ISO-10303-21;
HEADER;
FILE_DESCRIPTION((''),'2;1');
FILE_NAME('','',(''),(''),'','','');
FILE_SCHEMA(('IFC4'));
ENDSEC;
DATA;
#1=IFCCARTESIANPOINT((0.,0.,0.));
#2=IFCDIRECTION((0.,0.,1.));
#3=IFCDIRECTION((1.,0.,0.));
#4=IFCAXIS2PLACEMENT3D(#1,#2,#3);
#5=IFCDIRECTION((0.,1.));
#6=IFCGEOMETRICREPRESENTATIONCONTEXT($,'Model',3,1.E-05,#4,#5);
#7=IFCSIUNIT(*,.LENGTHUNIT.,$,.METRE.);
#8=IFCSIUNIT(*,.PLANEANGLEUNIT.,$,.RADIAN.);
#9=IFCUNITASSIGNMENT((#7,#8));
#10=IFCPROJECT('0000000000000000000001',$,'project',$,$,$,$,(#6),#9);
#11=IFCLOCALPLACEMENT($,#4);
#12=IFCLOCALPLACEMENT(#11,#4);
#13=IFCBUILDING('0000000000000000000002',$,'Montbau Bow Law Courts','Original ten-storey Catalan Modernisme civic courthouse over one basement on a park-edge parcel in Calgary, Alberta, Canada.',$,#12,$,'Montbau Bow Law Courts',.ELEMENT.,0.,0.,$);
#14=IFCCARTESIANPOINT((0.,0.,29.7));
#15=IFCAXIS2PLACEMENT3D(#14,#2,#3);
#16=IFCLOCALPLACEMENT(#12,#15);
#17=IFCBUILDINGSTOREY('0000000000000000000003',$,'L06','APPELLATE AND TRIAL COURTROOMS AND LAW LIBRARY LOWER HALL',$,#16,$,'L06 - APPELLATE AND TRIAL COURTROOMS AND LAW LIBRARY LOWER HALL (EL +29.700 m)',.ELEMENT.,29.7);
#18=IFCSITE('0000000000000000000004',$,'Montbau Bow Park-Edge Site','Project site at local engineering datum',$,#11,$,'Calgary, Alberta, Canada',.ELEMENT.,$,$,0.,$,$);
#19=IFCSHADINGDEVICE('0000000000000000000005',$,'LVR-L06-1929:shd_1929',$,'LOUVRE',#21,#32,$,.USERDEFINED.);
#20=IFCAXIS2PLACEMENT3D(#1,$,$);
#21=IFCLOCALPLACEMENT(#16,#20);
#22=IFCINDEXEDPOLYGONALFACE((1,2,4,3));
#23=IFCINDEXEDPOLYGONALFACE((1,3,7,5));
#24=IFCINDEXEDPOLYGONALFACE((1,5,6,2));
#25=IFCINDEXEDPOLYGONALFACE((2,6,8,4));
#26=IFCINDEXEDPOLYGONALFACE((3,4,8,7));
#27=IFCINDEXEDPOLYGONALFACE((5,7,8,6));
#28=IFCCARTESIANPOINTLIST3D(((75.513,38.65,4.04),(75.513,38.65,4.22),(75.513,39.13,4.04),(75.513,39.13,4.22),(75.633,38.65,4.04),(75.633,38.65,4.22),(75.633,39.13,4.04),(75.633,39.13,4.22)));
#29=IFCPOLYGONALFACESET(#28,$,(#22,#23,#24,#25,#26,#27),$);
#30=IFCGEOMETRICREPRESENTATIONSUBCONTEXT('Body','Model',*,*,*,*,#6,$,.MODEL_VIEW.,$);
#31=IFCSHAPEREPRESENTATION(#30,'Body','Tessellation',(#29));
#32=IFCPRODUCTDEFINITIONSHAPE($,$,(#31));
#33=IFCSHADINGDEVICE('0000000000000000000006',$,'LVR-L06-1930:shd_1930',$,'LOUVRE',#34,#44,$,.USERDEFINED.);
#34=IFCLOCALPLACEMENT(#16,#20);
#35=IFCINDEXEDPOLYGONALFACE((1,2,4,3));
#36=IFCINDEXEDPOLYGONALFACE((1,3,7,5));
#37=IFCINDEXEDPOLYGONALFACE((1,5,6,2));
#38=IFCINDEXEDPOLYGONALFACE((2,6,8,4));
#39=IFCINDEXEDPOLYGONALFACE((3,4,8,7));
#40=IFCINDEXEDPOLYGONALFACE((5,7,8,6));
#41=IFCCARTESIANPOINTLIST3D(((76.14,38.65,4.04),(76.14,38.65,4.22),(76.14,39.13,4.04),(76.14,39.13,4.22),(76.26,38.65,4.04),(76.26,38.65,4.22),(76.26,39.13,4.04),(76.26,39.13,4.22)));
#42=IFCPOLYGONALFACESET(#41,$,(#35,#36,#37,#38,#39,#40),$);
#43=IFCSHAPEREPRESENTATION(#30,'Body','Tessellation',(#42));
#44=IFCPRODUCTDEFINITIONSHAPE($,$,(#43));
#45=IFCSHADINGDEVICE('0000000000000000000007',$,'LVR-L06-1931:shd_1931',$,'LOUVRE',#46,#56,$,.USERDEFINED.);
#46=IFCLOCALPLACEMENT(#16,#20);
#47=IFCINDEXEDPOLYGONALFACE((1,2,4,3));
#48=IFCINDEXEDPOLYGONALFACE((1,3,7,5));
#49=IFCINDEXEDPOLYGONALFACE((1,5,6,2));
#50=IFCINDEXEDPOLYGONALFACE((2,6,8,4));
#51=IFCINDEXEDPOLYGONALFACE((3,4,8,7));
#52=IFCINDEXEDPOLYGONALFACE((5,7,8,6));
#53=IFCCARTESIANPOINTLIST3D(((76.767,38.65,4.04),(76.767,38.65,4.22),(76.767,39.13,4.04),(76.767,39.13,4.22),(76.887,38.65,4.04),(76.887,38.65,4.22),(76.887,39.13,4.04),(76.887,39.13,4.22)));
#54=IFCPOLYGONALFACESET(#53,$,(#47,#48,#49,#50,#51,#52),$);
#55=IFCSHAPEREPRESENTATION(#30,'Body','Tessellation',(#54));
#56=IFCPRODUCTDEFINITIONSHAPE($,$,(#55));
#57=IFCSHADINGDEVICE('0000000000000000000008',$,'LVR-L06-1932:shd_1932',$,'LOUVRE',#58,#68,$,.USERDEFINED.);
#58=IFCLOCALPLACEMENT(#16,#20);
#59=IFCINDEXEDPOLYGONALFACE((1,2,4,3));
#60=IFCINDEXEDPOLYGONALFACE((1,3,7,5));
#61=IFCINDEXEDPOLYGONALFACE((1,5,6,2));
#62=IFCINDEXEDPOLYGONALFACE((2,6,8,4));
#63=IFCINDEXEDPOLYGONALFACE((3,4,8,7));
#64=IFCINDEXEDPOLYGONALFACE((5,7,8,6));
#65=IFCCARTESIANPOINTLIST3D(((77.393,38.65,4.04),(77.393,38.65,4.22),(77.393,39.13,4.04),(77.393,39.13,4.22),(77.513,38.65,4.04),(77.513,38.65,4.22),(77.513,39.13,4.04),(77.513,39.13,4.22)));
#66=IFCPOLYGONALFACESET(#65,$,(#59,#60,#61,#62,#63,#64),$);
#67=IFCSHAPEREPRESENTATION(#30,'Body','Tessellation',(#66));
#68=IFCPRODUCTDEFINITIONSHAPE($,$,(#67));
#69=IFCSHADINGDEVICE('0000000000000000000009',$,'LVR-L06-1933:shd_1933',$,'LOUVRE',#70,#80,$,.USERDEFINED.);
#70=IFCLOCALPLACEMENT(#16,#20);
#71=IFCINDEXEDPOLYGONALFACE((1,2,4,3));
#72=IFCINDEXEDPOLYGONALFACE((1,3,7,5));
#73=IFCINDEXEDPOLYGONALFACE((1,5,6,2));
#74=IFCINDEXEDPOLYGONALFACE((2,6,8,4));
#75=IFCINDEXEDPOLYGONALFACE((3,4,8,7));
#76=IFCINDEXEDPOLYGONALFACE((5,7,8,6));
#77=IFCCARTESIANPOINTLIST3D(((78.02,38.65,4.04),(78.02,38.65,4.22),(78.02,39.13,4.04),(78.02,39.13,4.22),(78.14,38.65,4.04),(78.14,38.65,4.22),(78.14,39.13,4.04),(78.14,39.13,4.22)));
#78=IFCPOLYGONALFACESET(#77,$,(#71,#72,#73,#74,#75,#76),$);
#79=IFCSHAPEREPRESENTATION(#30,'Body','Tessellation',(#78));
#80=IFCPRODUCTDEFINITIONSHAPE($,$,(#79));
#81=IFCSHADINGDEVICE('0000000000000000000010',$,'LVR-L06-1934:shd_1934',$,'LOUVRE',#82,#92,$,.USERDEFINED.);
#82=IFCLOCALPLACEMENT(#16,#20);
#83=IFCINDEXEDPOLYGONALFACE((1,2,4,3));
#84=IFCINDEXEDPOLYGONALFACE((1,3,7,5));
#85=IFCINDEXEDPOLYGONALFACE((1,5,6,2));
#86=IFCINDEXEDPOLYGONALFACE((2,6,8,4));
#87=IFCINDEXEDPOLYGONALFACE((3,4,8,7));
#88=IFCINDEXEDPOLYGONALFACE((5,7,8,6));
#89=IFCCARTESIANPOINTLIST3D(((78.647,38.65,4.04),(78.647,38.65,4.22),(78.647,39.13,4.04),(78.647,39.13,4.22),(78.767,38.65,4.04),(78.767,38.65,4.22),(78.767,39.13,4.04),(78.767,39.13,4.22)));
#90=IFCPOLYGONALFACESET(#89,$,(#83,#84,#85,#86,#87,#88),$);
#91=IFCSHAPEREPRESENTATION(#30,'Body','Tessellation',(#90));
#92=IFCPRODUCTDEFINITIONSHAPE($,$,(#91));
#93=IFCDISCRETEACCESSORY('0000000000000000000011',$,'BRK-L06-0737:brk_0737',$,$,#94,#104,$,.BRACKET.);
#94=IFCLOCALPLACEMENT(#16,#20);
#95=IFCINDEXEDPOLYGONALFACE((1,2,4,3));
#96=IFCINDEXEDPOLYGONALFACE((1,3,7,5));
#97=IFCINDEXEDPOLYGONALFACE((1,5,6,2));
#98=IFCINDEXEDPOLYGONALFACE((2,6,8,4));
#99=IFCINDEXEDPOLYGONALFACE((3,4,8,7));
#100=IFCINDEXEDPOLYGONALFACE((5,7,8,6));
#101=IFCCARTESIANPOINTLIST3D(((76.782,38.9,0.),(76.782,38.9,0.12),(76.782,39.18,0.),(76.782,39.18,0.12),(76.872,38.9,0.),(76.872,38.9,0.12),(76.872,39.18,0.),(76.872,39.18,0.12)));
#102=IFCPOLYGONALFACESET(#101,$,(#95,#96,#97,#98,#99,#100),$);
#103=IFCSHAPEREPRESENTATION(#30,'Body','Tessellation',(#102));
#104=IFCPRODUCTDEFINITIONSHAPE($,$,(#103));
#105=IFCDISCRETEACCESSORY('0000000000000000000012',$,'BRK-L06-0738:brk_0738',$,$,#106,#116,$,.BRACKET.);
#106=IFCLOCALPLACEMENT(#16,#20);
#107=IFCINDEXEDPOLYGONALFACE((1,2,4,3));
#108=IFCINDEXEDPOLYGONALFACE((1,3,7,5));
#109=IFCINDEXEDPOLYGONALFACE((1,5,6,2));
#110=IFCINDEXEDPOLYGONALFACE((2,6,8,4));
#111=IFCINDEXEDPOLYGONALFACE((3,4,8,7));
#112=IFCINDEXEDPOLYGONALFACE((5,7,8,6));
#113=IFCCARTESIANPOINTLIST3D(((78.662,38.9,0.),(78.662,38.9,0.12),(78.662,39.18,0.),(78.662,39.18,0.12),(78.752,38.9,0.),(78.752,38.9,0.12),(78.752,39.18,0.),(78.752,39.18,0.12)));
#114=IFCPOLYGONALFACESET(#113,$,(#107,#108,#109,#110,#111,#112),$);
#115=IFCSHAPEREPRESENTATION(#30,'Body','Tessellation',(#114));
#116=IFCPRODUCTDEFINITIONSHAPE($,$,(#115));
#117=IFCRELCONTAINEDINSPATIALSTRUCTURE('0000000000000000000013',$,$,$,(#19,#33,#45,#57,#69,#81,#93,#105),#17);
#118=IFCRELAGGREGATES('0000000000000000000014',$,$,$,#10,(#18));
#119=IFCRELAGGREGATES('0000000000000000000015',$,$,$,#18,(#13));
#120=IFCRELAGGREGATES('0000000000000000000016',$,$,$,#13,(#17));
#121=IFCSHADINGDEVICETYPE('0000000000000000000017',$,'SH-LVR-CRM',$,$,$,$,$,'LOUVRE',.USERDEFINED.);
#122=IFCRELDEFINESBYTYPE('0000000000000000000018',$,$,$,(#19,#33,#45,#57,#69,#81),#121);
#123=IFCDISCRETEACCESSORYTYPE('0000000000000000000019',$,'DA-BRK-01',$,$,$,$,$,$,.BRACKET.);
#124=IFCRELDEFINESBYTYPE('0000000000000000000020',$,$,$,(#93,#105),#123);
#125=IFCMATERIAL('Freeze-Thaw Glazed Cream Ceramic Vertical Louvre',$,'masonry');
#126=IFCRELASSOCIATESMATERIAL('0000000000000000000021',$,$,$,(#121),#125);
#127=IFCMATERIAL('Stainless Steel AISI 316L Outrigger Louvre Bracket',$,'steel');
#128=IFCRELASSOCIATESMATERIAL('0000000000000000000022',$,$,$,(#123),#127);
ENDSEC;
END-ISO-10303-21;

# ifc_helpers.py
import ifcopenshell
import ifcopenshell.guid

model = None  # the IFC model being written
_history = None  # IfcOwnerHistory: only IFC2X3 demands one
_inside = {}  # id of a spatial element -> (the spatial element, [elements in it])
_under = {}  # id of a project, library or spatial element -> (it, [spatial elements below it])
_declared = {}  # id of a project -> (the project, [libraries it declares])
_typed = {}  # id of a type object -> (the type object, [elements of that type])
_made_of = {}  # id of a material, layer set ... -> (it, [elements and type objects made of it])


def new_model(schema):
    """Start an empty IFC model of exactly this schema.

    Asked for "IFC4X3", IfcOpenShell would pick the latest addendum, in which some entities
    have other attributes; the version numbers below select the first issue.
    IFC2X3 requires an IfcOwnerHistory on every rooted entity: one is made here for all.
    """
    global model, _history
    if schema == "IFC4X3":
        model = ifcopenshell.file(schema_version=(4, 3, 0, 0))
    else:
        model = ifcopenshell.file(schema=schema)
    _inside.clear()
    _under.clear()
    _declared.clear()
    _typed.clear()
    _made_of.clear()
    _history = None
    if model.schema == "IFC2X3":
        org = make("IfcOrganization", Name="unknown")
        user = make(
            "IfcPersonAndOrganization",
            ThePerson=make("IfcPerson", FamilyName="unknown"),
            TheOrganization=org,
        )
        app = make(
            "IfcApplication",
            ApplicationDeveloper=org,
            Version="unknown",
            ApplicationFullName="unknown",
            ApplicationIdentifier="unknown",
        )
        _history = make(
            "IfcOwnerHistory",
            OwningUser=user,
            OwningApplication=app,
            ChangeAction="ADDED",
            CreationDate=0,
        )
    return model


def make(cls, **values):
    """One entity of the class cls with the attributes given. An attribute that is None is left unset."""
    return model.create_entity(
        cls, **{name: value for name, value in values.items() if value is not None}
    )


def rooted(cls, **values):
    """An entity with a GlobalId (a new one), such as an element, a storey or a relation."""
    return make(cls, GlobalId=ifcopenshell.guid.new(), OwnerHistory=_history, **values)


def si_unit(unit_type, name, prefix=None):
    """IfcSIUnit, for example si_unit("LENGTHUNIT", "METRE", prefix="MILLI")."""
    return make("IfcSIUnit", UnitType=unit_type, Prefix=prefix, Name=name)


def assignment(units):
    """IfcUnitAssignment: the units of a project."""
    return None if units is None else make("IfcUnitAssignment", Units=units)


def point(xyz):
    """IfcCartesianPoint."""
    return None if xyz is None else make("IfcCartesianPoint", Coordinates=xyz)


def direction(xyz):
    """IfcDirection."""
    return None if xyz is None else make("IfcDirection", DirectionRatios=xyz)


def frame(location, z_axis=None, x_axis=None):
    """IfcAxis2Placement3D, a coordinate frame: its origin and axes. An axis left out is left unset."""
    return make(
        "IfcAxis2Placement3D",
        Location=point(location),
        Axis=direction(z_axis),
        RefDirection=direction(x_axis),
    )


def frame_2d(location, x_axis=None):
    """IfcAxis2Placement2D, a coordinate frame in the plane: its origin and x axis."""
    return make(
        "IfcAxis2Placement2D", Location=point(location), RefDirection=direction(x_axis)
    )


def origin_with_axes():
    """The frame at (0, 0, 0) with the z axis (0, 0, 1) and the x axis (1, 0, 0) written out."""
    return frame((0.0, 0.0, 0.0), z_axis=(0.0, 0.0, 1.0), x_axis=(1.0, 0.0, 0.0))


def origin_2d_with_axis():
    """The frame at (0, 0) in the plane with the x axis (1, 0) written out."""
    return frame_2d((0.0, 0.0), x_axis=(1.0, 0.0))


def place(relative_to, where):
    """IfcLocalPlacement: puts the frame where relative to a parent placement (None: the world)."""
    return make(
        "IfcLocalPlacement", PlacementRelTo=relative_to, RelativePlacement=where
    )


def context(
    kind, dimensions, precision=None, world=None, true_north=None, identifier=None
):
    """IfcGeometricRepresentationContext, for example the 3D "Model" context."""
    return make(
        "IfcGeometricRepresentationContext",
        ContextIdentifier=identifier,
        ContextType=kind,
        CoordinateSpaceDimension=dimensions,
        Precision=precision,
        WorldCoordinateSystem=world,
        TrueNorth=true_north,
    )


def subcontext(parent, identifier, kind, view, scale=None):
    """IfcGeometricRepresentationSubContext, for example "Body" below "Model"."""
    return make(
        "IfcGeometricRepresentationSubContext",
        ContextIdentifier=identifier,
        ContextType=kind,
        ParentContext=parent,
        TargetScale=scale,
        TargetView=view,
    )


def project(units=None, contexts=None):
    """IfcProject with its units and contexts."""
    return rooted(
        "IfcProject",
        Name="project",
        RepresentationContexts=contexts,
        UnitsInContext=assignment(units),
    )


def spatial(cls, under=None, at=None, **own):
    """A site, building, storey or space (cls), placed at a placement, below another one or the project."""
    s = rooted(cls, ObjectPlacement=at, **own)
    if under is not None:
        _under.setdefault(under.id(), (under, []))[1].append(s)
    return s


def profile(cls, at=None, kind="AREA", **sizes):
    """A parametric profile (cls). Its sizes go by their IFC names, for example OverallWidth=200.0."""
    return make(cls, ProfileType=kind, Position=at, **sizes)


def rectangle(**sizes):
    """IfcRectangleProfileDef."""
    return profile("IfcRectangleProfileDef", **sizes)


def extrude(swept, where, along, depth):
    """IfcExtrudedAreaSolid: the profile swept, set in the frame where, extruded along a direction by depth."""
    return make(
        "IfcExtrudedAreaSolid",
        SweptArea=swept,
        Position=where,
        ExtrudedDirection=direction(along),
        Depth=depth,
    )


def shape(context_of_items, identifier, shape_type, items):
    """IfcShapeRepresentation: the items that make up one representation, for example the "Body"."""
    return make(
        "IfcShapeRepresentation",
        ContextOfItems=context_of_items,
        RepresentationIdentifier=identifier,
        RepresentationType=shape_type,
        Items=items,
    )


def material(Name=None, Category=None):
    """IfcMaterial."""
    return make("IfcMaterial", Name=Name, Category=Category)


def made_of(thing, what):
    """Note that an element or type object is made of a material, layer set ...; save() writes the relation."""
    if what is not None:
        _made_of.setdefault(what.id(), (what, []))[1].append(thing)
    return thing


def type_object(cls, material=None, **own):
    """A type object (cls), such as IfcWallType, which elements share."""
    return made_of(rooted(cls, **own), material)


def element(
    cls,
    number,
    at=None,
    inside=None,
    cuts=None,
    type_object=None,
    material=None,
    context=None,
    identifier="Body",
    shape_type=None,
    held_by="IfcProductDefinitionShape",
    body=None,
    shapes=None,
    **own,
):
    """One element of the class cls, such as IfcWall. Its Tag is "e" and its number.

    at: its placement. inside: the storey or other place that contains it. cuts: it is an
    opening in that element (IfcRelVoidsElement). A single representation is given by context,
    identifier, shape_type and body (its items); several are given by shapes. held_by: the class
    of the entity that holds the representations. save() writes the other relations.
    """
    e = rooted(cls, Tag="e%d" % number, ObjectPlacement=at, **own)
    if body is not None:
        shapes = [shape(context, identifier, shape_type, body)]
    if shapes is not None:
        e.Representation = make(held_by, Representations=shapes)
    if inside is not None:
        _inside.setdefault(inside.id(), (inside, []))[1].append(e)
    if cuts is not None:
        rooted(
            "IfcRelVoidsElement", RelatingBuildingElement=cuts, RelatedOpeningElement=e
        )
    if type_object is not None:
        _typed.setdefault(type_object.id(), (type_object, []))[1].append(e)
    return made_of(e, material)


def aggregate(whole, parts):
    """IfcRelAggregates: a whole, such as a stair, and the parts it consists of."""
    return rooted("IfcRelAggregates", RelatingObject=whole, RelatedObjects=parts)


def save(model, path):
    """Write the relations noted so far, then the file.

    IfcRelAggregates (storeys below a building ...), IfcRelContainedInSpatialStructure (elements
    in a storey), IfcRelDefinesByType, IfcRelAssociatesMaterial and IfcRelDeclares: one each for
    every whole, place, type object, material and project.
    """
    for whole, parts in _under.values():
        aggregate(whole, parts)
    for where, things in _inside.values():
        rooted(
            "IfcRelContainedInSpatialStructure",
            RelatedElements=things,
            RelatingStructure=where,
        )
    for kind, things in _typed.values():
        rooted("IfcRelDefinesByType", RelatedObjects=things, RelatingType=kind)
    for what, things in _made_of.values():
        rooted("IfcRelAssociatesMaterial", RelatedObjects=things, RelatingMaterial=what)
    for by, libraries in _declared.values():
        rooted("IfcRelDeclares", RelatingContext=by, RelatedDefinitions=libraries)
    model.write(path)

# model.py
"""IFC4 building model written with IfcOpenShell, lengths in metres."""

from ifc_helpers import new_model, si_unit, direction, frame, origin_with_axes, origin_2d_with_axis, place, context, subcontext, project, spatial, rectangle, extrude, material, type_object, element, save


model = new_model("IFC4")

# Units and contexts
model_context = context("Model", 3, precision=1e-05, world=origin_with_axes(), true_north=direction((0.0, 1.0)))
body_context = subcontext(model_context, "Body", "Model", "MODEL_VIEW")
ifc_project = project(units=[si_unit("LENGTHUNIT", "METRE"), si_unit("PLANEANGLEUNIT", "RADIAN")], contexts=[model_context])

# Site, building, storey
site_placement = place(None, origin_with_axes())
site = spatial("IfcSite", under=ifc_project, at=site_placement, Name="Montbau Bow Park-Edge Site", Description="Project site at local engineering datum", LongName="Calgary, Alberta, Canada", CompositionType="ELEMENT", RefElevation=0.0)
building_placement = place(site_placement, origin_with_axes())
building = spatial("IfcBuilding", under=site, at=building_placement, Name="Montbau Bow Law Courts", Description="Original ten-storey Catalan Modernisme civic courthouse over one basement on a park-edge parcel in Calgary, Alberta, Canada.", LongName="Montbau Bow Law Courts", CompositionType="ELEMENT", ElevationOfRefHeight=0.0, ElevationOfTerrain=0.0)
storey_placement = place(building_placement, frame((0.0, 0.0, 29.7), z_axis=(0.0, 0.0, 1.0), x_axis=(1.0, 0.0, 0.0)))
storey = spatial("IfcBuildingStorey", under=building, at=storey_placement, Name="L06", Description="APPELLATE AND TRIAL COURTROOMS AND LAW LIBRARY LOWER HALL", LongName="L06 - APPELLATE AND TRIAL COURTROOMS AND LAW LIBRARY LOWER HALL (EL +29.700 m)", CompositionType="ELEMENT", Elevation=29.7)

# Shading devices
ifc_material_1 = material(Name="Freeze-Thaw Glazed Cream Ceramic Vertical Louvre", Category="masonry")
shading_device_type = type_object("IfcShadingDeviceType", Name="SH-LVR-CRM", ElementType="LOUVRE", PredefinedType="USERDEFINED", material=ifc_material_1)
for number, where, z_axis, x_axis, name in (
    (1, (75.573, 38.89, 33.74), (0.0, 0.0, 1.0), (0.0, -1.0, 0.0), "LVR-L06-1929:shd_1929"),
    (2, (76.2, 38.89, 33.74), (0.0, 0.0, 1.0), (0.0, -1.0, 0.0), "LVR-L06-1930:shd_1930"),
    (3, (76.827, 38.89, 33.74), (0.0, 0.0, 1.0), (0.0, -1.0, 0.0), "LVR-L06-1931:shd_1931"),
    (4, (77.453, 38.89, 33.74), (0.0, 0.0, 1.0), (0.0, -1.0, 0.0), "LVR-L06-1932:shd_1932"),
    (5, (78.08, 38.89, 33.74), (0.0, 0.0, 1.0), (0.0, -1.0, 0.0), "LVR-L06-1933:shd_1933"),
    (6, (78.707, 38.89, 33.74), (0.0, 0.0, 1.0), (0.0, -1.0, 0.0), "LVR-L06-1934:shd_1934"),
):
    element("IfcShadingDevice", number, at=place(None, frame(where, z_axis=z_axis, x_axis=x_axis)), inside=storey, type_object=shading_device_type, Name=name, ObjectType="LOUVRE", PredefinedType="USERDEFINED", context=body_context, shape_type="SweptSolid", body=[
        extrude(rectangle(XDim=0.48, YDim=0.12, at=origin_2d_with_axis()), origin_with_axes(), (0.0, 0.0, 1.0), 0.18),
    ])

# Discrete accessories
ifc_material_2 = material(Name="Stainless Steel AISI 316L Outrigger Louvre Bracket", Category="steel")
discrete_accessory_type = type_object("IfcDiscreteAccessoryType", Name="DA-BRK-01", PredefinedType="BRACKET", material=ifc_material_2)
for number, where, z_axis, x_axis, name in (
    (7, (76.827, 39.04, 29.7), (0.0, 0.0, 1.0), (0.0, -1.0, 0.0), "BRK-L06-0737:brk_0737"),
    (8, (78.707, 39.04, 29.7), (0.0, 0.0, 1.0), (0.0, -1.0, 0.0), "BRK-L06-0738:brk_0738"),
):
    element("IfcDiscreteAccessory", number, at=place(None, frame(where, z_axis=z_axis, x_axis=x_axis)), inside=storey, type_object=discrete_accessory_type, Name=name, PredefinedType="BRACKET", context=body_context, shape_type="SweptSolid", body=[
        extrude(rectangle(XDim=0.28, YDim=0.09, at=origin_2d_with_axis()), origin_with_axes(), (0.0, 0.0, 1.0), 0.12),
    ])

save(model, "model.ifc")
